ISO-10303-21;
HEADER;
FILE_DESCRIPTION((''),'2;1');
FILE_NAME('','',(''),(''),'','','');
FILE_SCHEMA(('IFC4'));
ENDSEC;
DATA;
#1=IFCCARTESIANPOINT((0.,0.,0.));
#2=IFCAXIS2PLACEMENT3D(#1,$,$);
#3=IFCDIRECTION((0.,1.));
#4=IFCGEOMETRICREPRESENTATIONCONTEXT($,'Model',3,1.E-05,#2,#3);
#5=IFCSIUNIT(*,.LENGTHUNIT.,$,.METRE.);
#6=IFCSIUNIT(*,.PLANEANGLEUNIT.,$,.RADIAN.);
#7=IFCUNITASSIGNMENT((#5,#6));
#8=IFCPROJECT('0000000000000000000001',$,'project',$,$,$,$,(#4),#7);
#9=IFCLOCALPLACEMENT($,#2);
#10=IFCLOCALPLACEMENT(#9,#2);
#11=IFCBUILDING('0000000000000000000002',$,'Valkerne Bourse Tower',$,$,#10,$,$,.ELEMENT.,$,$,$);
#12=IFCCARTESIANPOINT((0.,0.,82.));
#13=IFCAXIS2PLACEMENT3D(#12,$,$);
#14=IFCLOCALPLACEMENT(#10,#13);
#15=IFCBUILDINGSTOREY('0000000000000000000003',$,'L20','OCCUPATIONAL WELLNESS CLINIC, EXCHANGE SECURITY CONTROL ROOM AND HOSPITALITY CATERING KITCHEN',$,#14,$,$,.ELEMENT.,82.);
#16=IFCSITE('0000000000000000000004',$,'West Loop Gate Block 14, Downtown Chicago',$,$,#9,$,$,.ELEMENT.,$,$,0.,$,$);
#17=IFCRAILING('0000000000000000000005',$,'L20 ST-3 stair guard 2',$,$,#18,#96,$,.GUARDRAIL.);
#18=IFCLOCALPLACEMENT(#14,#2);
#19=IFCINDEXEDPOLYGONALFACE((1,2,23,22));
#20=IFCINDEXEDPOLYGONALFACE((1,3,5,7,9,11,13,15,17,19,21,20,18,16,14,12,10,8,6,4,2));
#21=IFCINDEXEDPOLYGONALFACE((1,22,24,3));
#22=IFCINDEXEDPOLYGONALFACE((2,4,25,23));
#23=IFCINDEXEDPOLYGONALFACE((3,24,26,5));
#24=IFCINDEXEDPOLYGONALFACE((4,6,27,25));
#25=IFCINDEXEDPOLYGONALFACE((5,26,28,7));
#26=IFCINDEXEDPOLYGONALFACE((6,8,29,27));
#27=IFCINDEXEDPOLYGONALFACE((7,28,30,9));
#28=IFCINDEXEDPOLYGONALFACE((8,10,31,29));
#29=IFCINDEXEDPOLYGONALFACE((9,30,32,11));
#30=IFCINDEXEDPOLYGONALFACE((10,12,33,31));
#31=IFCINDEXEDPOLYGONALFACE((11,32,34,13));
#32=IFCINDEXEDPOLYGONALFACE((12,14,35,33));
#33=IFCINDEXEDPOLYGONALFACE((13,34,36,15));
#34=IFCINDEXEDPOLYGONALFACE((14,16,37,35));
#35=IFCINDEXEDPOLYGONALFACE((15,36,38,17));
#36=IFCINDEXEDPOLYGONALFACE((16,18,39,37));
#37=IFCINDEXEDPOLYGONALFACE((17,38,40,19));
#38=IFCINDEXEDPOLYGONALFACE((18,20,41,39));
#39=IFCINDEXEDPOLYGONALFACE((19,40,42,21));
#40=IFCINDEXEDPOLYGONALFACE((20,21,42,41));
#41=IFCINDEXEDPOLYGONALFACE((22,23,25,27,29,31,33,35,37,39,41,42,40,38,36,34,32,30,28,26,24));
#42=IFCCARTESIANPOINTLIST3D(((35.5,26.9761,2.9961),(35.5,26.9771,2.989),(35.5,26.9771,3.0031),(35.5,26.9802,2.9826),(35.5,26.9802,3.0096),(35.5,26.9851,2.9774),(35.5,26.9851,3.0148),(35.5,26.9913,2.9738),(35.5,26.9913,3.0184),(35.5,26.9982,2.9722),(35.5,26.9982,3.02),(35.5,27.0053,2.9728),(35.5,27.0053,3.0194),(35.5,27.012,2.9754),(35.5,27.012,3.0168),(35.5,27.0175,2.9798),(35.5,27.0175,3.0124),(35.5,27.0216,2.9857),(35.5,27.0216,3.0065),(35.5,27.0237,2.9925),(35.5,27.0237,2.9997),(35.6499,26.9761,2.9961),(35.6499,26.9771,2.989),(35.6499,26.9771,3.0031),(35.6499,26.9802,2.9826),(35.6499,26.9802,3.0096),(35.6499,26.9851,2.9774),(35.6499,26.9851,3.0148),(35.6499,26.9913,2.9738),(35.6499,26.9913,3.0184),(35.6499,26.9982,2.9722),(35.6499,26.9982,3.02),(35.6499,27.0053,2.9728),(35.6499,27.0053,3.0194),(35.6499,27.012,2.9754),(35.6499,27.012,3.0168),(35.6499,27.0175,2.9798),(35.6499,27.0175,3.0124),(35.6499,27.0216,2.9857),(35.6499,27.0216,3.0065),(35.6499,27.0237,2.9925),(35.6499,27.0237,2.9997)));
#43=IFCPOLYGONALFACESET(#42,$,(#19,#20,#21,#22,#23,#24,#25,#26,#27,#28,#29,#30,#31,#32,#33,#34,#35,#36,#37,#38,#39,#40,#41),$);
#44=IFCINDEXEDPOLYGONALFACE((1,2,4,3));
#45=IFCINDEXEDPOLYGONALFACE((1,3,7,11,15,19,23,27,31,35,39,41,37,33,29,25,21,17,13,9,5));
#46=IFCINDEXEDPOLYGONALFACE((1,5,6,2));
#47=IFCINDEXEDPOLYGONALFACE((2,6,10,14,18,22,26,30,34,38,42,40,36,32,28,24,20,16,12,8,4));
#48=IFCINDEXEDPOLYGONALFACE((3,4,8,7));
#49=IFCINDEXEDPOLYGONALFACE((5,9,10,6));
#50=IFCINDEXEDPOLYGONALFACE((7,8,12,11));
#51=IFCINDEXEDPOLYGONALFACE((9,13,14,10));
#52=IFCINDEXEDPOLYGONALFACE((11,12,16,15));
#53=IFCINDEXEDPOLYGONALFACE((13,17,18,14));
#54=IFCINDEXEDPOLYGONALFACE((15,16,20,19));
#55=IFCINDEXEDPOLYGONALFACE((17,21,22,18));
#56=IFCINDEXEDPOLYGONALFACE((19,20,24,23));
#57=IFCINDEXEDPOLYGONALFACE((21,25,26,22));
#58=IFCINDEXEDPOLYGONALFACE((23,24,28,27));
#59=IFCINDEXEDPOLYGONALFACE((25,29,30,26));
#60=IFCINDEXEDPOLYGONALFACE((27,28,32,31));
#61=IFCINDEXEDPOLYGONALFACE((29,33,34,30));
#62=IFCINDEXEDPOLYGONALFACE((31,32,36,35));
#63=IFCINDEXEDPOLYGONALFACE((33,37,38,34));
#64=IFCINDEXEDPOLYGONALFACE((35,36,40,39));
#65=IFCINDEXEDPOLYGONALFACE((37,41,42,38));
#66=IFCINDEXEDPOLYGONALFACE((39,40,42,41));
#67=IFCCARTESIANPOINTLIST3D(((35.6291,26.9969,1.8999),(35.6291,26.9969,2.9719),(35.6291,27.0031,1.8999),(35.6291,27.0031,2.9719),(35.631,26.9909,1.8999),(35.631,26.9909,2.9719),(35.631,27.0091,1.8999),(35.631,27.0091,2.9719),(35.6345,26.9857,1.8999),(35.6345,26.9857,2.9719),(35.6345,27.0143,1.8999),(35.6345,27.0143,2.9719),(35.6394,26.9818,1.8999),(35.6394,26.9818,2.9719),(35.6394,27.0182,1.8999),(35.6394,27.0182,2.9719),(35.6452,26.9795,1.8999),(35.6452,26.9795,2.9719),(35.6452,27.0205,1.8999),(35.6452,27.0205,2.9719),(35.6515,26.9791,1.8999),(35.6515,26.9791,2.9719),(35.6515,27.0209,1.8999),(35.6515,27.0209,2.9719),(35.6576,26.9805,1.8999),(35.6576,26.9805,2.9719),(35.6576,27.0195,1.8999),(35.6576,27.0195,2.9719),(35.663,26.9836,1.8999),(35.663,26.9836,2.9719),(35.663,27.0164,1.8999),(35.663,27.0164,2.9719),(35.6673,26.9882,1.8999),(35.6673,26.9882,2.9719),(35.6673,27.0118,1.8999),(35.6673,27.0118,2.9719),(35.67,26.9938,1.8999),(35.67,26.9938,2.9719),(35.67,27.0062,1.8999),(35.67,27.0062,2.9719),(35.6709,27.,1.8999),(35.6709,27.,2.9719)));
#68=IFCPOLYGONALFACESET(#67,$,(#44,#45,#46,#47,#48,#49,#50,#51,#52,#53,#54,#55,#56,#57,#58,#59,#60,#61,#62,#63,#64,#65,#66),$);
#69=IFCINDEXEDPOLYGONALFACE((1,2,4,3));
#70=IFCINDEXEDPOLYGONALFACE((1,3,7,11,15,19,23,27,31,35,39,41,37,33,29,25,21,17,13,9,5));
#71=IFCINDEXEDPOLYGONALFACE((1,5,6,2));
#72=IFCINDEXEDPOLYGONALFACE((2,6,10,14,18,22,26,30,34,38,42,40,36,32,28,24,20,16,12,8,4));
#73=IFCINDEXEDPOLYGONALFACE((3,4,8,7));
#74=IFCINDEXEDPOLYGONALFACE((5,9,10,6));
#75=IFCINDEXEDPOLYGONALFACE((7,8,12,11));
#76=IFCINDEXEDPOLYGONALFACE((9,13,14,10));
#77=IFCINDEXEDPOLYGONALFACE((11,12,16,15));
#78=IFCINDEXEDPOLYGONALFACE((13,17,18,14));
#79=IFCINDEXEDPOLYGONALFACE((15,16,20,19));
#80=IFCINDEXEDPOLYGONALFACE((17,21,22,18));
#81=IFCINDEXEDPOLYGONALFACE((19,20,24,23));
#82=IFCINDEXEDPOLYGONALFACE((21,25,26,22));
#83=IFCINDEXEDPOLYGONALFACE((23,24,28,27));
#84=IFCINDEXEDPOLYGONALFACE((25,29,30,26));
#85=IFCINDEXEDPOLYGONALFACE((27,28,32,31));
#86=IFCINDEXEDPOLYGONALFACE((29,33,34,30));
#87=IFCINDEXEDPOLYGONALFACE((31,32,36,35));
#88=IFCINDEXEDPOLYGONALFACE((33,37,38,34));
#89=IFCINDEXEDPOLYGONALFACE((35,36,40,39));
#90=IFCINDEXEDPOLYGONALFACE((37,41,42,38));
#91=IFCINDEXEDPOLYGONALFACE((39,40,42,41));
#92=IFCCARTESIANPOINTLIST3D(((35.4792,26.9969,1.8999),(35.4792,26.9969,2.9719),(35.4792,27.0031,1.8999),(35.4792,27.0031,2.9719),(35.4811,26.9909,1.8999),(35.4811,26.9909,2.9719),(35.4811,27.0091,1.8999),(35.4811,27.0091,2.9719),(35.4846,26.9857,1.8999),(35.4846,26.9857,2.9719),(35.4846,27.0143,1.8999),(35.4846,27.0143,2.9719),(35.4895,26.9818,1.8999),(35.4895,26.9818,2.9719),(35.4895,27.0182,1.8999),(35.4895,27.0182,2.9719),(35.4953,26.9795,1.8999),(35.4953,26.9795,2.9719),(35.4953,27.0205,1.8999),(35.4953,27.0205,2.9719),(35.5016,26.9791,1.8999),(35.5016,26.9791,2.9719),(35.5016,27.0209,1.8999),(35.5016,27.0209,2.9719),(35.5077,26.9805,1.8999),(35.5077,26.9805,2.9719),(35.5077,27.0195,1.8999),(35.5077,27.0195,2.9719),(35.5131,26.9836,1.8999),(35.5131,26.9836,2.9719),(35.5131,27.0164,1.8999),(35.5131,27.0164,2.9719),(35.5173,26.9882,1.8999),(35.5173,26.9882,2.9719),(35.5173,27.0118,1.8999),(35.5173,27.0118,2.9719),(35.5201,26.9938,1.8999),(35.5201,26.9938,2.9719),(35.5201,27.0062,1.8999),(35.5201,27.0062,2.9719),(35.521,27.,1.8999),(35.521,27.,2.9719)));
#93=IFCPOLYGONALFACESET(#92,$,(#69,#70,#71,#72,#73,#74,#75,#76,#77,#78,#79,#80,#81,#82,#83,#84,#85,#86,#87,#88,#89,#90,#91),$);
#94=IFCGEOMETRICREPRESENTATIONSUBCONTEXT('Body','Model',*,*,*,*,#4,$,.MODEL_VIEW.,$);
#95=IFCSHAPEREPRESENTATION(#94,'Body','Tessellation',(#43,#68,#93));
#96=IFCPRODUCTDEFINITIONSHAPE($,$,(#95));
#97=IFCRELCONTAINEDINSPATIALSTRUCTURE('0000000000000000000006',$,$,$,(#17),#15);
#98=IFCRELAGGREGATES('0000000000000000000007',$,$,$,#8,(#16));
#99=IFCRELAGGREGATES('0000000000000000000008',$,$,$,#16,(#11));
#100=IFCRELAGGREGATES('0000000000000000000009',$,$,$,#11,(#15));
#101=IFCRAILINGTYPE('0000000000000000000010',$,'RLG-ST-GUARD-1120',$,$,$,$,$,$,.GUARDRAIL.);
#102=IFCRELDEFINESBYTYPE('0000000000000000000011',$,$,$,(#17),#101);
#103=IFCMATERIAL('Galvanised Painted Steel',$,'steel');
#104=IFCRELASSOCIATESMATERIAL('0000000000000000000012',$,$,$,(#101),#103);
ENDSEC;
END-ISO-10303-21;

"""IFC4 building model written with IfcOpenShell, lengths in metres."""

from ifc_helpers import new_model, si_unit, direction, frame, origin, origin_2d, place, context, subcontext, project, spatial, circle, extrude, material, type_object, element, save


model = new_model("IFC4")

# Units and contexts
model_context = context("Model", 3, precision=1e-05, world=origin(), true_north=direction((0.0, 1.0)))
body_context = subcontext(model_context, "Body", "Model", "MODEL_VIEW")
ifc_project = project(units=[si_unit("LENGTHUNIT", "METRE"), si_unit("PLANEANGLEUNIT", "RADIAN")], contexts=[model_context])

# Site, building, storey
site_placement = place(None, origin())
site = spatial("IfcSite", under=ifc_project, at=site_placement, Name="West Loop Gate Block 14, Downtown Chicago", CompositionType="ELEMENT", RefElevation=0.0)
building_placement = place(site_placement, origin())
building = spatial("IfcBuilding", under=site, at=building_placement, Name="Valkerne Bourse Tower", CompositionType="ELEMENT")
storey_placement = place(building_placement, frame((0.0, 0.0, 82.0)))
storey = spatial("IfcBuildingStorey", under=building, at=storey_placement, Name="L20", Description="OCCUPATIONAL WELLNESS CLINIC, EXCHANGE SECURITY CONTROL ROOM AND HOSPITALITY CATERING KITCHEN", CompositionType="ELEMENT", Elevation=82.0)

# Railing
ifc_material_1 = material(Name="Galvanised Painted Steel", Category="steel")
railing_type_1 = type_object("IfcRailingType", Name="RLG-ST-GUARD-1120", PredefinedType="GUARDRAIL", material=ifc_material_1)
railing_1_placement = place(storey_placement, frame((35.6499, 27.0, 1.8999)))
element("IfcRailing", 1, at=railing_1_placement, inside=storey, type_object=railing_type_1, Name="L20 ST-3 stair guard 2", PredefinedType="GUARDRAIL", context=body_context, shape_type="SweptSolid", body=[
    extrude(circle(Radius=0.0239, at=origin_2d()), frame((0.0, 0.0, 1.0962), z_axis=(-1.0, 0.0, 0.0), x_axis=(0.0, -1.0, 0.0)), (0.0, 0.0, 1.0), 0.1499),
    extrude(circle(Radius=0.021, at=origin_2d()), origin(), (0.0, 0.0, 1.0), 1.072),
    extrude(circle(Radius=0.021, at=origin_2d()), frame((-0.1499, 0.0, 0.0)), (0.0, 0.0, 1.0), 1.072),
])

save(model, "model.ifc")
